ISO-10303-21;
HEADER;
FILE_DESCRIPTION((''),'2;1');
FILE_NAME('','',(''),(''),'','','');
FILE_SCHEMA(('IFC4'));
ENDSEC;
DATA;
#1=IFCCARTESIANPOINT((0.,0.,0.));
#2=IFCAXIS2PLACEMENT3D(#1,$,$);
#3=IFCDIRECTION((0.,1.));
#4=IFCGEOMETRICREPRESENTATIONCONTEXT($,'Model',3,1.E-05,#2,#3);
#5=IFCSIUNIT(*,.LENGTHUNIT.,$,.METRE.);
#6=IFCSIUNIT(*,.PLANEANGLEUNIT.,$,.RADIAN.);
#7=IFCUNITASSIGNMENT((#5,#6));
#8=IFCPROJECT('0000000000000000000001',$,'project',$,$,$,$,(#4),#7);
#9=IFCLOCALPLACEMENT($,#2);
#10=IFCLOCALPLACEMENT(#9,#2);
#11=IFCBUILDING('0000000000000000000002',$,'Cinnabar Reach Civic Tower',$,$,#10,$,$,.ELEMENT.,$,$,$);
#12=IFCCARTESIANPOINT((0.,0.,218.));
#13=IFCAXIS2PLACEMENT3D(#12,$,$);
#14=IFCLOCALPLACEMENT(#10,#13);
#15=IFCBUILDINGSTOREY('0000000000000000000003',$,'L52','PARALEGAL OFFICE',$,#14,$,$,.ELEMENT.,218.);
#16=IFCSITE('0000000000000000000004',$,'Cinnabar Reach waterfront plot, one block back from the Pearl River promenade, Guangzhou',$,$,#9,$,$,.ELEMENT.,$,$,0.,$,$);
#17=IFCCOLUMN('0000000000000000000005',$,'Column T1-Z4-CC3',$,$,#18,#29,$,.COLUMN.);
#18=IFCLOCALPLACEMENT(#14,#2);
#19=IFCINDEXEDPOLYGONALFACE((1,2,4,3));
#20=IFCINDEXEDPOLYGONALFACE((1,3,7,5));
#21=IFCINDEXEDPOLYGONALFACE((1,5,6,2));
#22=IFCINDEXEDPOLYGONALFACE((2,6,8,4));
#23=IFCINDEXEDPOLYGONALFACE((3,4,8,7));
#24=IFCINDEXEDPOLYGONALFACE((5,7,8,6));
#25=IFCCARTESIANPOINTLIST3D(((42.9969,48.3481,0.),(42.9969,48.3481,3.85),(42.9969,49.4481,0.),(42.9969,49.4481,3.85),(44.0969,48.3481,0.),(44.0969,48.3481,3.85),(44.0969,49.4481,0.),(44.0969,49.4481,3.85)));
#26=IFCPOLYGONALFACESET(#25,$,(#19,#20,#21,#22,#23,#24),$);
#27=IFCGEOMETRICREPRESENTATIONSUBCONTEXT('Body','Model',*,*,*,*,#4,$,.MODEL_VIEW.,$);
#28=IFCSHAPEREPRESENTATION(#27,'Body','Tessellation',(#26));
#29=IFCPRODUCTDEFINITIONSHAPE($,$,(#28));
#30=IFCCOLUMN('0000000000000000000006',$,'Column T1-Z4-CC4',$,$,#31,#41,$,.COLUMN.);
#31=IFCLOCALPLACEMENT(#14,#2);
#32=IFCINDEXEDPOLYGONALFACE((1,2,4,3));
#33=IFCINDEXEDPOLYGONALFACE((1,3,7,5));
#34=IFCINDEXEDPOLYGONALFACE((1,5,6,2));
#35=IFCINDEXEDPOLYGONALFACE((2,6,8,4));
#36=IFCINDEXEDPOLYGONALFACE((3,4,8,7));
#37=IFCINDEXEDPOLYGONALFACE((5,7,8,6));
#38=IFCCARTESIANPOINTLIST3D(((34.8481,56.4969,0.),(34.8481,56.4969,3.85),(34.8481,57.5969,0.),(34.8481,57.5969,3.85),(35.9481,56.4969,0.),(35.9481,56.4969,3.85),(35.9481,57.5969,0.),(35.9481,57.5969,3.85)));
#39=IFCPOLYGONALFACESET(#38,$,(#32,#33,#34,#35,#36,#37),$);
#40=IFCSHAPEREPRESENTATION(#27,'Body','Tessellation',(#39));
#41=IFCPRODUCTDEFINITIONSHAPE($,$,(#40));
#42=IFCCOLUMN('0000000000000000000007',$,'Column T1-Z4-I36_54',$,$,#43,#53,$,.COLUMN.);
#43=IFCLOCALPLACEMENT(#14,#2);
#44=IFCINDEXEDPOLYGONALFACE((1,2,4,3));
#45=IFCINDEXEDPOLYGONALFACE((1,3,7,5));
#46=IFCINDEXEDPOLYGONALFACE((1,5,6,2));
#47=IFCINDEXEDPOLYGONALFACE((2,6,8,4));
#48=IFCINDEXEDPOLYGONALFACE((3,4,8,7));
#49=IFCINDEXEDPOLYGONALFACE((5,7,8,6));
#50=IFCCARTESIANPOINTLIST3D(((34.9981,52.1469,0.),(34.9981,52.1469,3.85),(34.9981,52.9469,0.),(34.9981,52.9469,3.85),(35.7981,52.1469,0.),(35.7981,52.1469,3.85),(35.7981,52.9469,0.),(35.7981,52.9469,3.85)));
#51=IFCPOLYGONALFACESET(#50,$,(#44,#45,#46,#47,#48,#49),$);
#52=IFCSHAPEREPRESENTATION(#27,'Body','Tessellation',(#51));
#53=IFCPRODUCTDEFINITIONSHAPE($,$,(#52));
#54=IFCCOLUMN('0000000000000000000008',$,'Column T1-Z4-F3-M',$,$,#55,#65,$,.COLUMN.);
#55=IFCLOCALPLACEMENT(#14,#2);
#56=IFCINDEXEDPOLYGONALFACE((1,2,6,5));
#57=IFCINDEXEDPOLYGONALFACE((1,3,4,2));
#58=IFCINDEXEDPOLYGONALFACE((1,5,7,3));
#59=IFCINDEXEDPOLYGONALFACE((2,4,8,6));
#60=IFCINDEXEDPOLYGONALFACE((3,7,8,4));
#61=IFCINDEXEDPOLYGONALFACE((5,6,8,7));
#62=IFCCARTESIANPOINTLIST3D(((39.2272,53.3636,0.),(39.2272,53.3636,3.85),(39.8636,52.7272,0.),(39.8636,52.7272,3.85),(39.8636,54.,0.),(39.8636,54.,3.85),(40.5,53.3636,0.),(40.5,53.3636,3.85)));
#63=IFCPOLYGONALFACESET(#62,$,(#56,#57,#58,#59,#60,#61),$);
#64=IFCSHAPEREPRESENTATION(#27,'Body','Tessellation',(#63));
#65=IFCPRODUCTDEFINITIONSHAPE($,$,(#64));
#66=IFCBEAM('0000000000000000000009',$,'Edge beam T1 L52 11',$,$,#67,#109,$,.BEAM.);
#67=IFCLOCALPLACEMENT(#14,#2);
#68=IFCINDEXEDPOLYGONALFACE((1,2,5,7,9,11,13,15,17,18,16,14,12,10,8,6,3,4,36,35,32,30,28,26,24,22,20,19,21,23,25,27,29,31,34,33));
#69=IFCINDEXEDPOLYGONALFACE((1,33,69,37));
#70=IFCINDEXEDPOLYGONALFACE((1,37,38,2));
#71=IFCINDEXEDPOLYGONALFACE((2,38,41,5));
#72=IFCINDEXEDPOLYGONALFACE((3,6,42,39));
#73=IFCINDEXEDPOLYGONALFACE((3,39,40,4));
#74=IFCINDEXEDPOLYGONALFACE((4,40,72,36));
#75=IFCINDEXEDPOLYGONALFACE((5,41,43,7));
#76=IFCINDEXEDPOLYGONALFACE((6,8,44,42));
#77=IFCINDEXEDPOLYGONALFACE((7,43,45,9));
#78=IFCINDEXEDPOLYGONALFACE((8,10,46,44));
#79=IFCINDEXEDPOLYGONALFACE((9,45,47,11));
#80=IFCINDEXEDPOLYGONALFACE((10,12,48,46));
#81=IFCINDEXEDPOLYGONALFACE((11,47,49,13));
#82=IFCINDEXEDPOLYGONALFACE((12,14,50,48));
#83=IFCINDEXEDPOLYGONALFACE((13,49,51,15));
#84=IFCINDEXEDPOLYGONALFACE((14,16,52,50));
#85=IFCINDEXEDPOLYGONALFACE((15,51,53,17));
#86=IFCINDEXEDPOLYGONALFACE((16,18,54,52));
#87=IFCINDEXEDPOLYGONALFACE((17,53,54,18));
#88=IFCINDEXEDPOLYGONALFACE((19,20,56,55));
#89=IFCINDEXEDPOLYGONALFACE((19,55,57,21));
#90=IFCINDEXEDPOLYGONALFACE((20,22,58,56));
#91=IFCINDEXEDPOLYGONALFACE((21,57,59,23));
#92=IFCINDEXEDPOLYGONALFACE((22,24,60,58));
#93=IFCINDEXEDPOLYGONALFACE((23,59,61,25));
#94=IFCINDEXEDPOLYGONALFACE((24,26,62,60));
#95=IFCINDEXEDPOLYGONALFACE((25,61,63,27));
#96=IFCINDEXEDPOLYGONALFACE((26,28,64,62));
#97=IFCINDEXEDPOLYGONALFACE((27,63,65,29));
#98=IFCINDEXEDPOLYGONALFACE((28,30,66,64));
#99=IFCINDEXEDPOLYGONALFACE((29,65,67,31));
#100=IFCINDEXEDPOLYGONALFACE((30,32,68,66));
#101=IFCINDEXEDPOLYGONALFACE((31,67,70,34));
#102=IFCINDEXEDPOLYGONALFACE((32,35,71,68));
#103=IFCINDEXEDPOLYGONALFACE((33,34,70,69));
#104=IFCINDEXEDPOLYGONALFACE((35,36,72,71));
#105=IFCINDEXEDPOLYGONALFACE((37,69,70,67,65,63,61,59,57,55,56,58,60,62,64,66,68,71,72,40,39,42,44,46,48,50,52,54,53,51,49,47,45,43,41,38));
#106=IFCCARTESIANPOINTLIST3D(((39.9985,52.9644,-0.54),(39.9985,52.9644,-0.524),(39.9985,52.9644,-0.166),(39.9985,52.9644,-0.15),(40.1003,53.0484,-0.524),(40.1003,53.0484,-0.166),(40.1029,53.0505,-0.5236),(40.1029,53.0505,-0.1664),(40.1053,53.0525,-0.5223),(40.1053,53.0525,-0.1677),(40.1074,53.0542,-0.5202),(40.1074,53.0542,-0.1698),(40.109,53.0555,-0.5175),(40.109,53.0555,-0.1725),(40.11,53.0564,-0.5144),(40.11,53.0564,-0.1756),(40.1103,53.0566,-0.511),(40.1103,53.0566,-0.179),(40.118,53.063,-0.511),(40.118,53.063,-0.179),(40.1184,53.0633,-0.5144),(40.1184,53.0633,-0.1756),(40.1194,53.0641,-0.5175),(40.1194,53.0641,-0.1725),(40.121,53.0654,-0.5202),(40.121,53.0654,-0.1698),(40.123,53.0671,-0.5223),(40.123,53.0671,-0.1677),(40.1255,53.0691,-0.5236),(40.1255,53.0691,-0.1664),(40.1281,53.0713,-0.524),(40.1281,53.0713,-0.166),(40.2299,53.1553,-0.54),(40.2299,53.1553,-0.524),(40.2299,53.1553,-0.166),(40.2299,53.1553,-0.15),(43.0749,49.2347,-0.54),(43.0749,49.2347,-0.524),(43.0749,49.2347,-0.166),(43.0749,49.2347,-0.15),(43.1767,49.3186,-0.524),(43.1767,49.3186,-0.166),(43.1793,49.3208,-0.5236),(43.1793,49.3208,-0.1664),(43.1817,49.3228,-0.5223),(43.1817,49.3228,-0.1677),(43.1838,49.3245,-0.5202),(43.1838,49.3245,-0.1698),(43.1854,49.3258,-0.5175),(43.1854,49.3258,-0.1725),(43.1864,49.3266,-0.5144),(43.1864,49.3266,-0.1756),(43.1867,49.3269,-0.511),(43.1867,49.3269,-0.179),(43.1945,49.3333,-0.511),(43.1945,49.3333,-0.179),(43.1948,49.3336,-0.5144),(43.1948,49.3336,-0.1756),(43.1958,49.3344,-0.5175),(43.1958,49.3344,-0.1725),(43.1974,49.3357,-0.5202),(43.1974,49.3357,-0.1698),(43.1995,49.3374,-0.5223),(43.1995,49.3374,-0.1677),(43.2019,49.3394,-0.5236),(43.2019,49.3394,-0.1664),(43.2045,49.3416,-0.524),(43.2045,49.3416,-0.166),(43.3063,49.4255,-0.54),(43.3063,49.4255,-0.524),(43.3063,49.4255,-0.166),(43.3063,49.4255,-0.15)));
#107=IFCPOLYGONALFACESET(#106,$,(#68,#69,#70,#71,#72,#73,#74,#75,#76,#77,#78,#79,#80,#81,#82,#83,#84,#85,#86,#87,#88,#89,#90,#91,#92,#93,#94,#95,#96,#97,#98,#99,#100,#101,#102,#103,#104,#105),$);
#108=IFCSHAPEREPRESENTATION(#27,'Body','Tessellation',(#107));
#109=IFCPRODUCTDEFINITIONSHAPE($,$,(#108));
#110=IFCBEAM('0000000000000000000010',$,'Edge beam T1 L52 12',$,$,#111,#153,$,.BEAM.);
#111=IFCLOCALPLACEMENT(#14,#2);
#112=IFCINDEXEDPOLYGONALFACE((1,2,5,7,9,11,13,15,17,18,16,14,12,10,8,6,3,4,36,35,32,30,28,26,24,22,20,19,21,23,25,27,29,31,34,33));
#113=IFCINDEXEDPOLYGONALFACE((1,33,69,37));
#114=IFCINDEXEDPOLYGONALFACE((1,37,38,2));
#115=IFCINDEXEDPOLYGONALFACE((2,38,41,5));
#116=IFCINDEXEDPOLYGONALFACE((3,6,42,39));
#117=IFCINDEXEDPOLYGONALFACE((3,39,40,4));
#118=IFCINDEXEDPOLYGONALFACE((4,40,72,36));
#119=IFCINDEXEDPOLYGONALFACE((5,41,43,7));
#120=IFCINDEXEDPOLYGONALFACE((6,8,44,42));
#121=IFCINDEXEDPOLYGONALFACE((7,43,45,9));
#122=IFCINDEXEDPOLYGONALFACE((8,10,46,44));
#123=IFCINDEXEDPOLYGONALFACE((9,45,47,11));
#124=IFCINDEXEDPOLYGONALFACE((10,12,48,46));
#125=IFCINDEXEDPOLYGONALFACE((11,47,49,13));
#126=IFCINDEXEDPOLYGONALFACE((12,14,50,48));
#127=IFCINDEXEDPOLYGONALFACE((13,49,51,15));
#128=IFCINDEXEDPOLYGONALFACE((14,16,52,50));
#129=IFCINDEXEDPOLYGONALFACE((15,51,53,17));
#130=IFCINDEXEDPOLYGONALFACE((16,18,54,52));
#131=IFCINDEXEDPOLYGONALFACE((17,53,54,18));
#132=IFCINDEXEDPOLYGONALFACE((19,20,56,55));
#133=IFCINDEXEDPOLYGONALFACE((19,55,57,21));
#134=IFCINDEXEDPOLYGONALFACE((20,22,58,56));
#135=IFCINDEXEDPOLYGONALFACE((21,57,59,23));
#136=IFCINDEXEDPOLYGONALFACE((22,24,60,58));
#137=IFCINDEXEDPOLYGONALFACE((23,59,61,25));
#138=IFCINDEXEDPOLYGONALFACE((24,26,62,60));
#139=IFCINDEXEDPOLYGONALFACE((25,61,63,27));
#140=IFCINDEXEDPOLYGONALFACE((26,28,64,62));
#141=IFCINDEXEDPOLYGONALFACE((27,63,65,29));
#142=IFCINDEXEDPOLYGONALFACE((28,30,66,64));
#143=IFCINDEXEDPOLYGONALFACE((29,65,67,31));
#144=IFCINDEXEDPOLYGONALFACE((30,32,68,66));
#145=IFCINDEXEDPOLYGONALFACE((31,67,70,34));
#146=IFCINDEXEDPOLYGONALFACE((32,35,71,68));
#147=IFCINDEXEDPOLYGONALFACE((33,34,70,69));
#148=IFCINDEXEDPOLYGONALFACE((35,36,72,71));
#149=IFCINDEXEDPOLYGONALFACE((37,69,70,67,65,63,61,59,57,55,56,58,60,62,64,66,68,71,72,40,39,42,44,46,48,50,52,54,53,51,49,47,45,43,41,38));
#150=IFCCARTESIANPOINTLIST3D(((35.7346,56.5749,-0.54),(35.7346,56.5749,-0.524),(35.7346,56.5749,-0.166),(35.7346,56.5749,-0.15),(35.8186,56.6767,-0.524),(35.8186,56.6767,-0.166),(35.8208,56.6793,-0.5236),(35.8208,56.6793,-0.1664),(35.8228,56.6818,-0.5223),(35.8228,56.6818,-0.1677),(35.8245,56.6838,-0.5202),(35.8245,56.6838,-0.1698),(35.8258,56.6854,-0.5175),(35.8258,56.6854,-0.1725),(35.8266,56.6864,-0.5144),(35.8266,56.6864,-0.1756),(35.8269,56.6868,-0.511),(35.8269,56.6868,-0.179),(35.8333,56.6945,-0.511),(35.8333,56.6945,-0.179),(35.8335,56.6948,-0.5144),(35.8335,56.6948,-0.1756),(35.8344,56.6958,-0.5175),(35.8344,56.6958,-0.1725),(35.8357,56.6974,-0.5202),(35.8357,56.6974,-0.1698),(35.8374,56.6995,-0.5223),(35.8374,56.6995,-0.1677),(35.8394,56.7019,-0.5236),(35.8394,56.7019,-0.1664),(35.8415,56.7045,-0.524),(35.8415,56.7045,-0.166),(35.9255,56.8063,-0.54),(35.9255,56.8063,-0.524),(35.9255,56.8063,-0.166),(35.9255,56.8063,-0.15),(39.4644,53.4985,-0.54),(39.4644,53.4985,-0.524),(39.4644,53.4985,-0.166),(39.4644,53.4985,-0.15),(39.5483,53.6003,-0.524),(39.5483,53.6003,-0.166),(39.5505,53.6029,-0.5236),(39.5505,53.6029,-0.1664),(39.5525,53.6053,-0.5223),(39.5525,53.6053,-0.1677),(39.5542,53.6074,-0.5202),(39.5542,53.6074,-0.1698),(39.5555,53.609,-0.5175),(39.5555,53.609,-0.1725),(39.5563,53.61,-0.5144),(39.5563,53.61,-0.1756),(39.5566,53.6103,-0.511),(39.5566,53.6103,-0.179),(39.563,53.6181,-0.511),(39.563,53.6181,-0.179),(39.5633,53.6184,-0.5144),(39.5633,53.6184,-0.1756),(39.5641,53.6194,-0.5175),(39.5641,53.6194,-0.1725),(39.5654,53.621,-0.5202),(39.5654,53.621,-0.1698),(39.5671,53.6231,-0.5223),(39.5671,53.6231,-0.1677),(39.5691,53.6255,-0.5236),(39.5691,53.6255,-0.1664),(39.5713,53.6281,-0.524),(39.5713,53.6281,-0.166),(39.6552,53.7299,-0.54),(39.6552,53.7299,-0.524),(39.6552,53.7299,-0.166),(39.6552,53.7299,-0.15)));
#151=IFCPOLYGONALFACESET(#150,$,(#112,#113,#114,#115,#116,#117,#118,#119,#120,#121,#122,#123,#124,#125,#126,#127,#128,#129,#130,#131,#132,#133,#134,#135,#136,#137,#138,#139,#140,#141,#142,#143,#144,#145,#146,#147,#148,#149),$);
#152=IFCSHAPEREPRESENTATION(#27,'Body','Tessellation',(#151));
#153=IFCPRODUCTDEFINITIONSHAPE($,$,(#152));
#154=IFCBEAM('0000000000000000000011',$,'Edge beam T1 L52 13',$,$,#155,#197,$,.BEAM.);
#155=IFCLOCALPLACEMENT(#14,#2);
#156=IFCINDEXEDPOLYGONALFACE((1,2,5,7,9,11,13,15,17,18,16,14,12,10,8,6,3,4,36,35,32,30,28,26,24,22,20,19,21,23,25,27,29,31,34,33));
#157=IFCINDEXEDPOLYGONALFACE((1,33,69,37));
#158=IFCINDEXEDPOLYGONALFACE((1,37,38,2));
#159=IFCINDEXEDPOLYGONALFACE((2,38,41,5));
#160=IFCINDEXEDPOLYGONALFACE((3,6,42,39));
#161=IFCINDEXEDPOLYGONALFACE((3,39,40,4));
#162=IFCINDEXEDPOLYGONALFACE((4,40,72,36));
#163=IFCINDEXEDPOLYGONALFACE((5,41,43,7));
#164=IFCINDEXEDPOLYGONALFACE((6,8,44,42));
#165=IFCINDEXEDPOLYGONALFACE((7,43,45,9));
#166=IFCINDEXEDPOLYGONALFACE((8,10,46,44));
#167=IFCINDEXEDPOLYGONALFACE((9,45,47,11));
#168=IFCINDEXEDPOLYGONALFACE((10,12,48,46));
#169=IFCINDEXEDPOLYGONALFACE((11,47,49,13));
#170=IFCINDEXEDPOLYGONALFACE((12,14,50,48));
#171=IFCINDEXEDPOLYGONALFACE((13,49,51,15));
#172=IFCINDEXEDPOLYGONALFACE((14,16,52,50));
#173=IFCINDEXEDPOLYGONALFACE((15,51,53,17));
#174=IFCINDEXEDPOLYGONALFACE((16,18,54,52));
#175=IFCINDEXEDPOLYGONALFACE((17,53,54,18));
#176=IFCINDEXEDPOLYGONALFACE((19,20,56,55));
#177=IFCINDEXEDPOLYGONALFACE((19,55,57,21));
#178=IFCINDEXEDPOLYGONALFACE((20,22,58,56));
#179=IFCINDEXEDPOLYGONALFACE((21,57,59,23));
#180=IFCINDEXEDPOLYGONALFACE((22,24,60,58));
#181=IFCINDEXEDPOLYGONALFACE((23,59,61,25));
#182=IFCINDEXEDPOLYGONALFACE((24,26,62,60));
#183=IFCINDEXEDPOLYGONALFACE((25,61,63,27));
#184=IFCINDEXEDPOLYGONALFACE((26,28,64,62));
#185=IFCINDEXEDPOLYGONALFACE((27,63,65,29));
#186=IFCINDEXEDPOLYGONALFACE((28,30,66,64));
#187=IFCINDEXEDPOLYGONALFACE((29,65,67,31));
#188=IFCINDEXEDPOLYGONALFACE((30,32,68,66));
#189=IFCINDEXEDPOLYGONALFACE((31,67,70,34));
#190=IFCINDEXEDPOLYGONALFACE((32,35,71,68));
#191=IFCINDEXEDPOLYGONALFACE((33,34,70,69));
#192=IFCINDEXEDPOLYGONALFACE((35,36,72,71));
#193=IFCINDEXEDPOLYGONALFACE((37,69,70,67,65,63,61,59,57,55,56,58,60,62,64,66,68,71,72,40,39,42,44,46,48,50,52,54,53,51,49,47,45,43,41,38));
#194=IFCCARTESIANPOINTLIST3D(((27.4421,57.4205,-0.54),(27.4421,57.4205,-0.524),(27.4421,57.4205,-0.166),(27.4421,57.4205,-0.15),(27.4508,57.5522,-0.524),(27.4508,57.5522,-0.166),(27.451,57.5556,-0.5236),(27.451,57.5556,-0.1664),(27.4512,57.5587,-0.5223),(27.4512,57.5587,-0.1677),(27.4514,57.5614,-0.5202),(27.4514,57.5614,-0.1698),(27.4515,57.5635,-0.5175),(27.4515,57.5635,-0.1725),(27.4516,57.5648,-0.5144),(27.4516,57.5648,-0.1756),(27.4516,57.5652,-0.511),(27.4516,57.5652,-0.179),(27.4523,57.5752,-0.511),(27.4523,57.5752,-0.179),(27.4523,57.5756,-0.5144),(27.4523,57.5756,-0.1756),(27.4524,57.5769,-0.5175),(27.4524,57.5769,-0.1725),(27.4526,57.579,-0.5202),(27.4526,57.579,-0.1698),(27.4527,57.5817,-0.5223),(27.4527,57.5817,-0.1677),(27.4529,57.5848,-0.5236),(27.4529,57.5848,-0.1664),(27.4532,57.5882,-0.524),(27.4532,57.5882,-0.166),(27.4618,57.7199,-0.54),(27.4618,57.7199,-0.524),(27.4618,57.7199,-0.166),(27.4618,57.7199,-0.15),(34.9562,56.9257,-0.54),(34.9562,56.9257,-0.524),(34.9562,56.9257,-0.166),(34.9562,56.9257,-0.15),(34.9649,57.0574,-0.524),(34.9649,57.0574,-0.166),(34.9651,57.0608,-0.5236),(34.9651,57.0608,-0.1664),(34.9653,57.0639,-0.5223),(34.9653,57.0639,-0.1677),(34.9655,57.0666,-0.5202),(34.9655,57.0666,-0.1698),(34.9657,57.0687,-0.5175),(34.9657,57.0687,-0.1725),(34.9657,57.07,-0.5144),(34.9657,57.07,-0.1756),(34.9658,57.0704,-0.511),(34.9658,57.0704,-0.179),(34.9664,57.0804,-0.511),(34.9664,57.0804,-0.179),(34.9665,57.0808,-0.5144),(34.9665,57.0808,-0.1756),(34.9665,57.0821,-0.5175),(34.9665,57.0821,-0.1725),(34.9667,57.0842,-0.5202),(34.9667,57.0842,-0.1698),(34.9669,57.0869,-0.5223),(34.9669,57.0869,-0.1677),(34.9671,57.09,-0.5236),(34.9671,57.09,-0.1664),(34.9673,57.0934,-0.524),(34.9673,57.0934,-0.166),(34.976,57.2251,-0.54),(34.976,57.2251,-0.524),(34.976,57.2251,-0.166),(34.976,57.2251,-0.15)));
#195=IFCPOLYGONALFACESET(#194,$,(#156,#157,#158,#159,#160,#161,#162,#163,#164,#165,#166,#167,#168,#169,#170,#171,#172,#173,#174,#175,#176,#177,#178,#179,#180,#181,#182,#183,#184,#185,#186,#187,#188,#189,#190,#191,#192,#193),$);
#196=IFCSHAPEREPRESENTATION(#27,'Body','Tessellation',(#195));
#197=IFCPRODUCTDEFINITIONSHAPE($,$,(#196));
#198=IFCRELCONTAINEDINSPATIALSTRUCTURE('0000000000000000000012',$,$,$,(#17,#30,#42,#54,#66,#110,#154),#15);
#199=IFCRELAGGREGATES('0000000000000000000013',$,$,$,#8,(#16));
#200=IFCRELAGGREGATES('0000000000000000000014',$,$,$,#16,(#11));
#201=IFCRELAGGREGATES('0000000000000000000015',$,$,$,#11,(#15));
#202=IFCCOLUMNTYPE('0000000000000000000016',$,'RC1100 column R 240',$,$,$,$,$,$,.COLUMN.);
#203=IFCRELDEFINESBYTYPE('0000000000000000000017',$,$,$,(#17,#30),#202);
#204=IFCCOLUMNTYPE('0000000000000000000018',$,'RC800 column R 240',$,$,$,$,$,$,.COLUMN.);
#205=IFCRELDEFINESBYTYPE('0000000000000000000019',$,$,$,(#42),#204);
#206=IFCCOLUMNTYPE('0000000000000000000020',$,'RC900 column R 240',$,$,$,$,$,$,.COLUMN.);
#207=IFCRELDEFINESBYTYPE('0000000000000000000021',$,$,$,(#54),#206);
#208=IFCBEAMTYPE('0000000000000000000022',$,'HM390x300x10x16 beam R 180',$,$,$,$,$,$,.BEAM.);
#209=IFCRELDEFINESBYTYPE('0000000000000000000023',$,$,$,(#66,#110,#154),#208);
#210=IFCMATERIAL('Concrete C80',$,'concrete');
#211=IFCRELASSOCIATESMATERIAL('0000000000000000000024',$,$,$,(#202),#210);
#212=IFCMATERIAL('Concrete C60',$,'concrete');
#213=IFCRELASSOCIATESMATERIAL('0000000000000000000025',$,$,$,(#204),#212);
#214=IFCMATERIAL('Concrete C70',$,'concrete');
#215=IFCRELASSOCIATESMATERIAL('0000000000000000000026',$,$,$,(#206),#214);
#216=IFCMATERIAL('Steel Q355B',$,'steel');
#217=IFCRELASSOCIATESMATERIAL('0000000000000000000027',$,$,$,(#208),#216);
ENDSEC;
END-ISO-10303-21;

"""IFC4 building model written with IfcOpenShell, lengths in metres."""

from ifc_helpers import new_model, si_unit, direction, frame, origin, origin_2d, place, context, subcontext, project, spatial, rectangle, i_section, extrude, material, material_profile, profile_set, type_object, element, save


model = new_model("IFC4")

# Units and contexts
model_context = context("Model", 3, precision=1e-05, world=origin(), true_north=direction((0.0, 1.0)))
body_context = subcontext(model_context, "Body", "Model", "MODEL_VIEW")
ifc_project = project(units=[si_unit("LENGTHUNIT", "METRE"), si_unit("PLANEANGLEUNIT", "RADIAN")], contexts=[model_context])

# Site, building, storey
site_placement = place(None, origin())
site = spatial("IfcSite", under=ifc_project, at=site_placement, Name="Cinnabar Reach waterfront plot, one block back from the Pearl River promenade, Guangzhou", CompositionType="ELEMENT", RefElevation=0.0)
building_placement = place(site_placement, origin())
building = spatial("IfcBuilding", under=site, at=building_placement, Name="Cinnabar Reach Civic Tower", CompositionType="ELEMENT")
storey_placement = place(building_placement, frame((0.0, 0.0, 218.0)))
storey = spatial("IfcBuildingStorey", under=building, at=storey_placement, Name="L52", Description="PARALEGAL OFFICE", CompositionType="ELEMENT", Elevation=218.0)

# Columns
ifc_material_1 = material(Name="Concrete C80", Category="concrete")
ifc_material_profile_1 = material_profile(ifc_material_1, rectangle(XDim=1.1, YDim=1.1, at=origin_2d()), Name="RC1100")
ifc_profile_set_1 = profile_set([ifc_material_profile_1], Name="Concrete C80")
column_type_1 = type_object("IfcColumnType", Name="RC1100 column R 240", PredefinedType="COLUMN", material=ifc_profile_set_1)
for number, where, z_axis, x_axis, name in (
    (1, (43.5469, 48.8981, 0.0), (0.0, 0.0, 1.0), (1.0, 0.0, 0.0), "Column T1-Z4-CC3"),
    (2, (35.3981, 57.0469, 0.0), (0.0, 0.0, 1.0), (1.0, 0.0, 0.0), "Column T1-Z4-CC4"),
):
    element("IfcColumn", number, at=place(storey_placement, frame(where, z_axis=z_axis, x_axis=x_axis)), inside=storey, type_object=column_type_1, Name=name, PredefinedType="COLUMN", context=body_context, shape_type="SweptSolid", body=[
        extrude(rectangle(XDim=1.1, YDim=1.1, at=origin_2d()), origin(), (0.0, 0.0, 1.0), 3.85),
    ])
ifc_material_2 = material(Name="Concrete C60", Category="concrete")
ifc_material_profile_2 = material_profile(ifc_material_2, rectangle(XDim=0.8, YDim=0.8, at=origin_2d()), Name="RC800")
ifc_profile_set_2 = profile_set([ifc_material_profile_2], Name="Concrete C60")
column_type_2 = type_object("IfcColumnType", Name="RC800 column R 240", PredefinedType="COLUMN", material=ifc_profile_set_2)
column_1_placement = place(storey_placement, frame((35.3981, 52.5469, 0.0), z_axis=(0.0, 0.0, 1.0), x_axis=(1.0, 0.0, 0.0)))
element("IfcColumn", 3, at=column_1_placement, inside=storey, type_object=column_type_2, Name="Column T1-Z4-I36_54", PredefinedType="COLUMN", context=body_context, shape_type="SweptSolid", body=[
    extrude(rectangle(XDim=0.8, YDim=0.8, at=origin_2d()), origin(), (0.0, 0.0, 1.0), 3.85),
])
ifc_material_3 = material(Name="Concrete C70", Category="concrete")
ifc_material_profile_3 = material_profile(ifc_material_3, rectangle(XDim=0.9, YDim=0.9, at=origin_2d()), Name="RC900")
ifc_profile_set_3 = profile_set([ifc_material_profile_3], Name="Concrete C70")
column_type_3 = type_object("IfcColumnType", Name="RC900 column R 240", PredefinedType="COLUMN", material=ifc_profile_set_3)
column_2_placement = place(storey_placement, frame((39.8636, 53.3636, 0.0), z_axis=(0.0, 0.0, 1.0), x_axis=(0.707107, 0.707107, 0.0)))
element("IfcColumn", 4, at=column_2_placement, inside=storey, type_object=column_type_3, Name="Column T1-Z4-F3-M", PredefinedType="COLUMN", context=body_context, shape_type="SweptSolid", body=[
    extrude(rectangle(XDim=0.9, YDim=0.9, at=origin_2d()), origin(), (0.0, 0.0, 1.0), 3.85),
])

# Beams
ifc_material_4 = material(Name="Steel Q355B", Category="steel")
ifc_material_profile_4 = material_profile(ifc_material_4, i_section(OverallWidth=0.3, OverallDepth=0.39, WebThickness=0.01, FlangeThickness=0.016, FilletRadius=0.013, at=origin_2d()), Name="HM390x300x10x16")
ifc_profile_set_4 = profile_set([ifc_material_profile_4], Name="Steel Q355B")
beam_type_1 = type_object("IfcBeamType", Name="HM390x300x10x16 beam R 180", PredefinedType="BEAM", material=ifc_profile_set_4)
for number, where, z_axis, x_axis, name in (
    (5, (43.1906, 49.3301, -0.345), (-0.636309, 0.771434, 0.0), (-0.771434, -0.636309, 0.0), "Edge beam T1 L52 11"),
    (6, (39.5598, 53.6142, -0.345), (-0.771434, 0.636309, 0.0), (-0.636309, -0.771434, 0.0), "Edge beam T1 L52 12"),
):
    element("IfcBeam", number, at=place(storey_placement, frame(where, z_axis=z_axis, x_axis=x_axis)), inside=storey, type_object=beam_type_1, Name=name, PredefinedType="BEAM", context=body_context, shape_type="SweptSolid", body=[
        extrude(i_section(OverallWidth=0.3, OverallDepth=0.39, WebThickness=0.01, FlangeThickness=0.016, FilletRadius=0.013, at=origin_2d()), origin(), (0.0, 0.0, 1.0), 4.8348),
    ])
beam_1_placement = place(storey_placement, frame((34.9661, 57.0754, -0.345), z_axis=(-0.997839, 0.065707, 0.0), x_axis=(-0.065707, -0.997839, 0.0)))
element("IfcBeam", 7, at=beam_1_placement, inside=storey, type_object=beam_type_1, Name="Edge beam T1 L52 13", PredefinedType="BEAM", context=body_context, shape_type="SweptSolid", body=[
    extrude(i_section(OverallWidth=0.3, OverallDepth=0.39, WebThickness=0.01, FlangeThickness=0.016, FilletRadius=0.013, at=origin_2d()), origin(), (0.0, 0.0, 1.0), 7.5304),
])

save(model, "model.ifc")
